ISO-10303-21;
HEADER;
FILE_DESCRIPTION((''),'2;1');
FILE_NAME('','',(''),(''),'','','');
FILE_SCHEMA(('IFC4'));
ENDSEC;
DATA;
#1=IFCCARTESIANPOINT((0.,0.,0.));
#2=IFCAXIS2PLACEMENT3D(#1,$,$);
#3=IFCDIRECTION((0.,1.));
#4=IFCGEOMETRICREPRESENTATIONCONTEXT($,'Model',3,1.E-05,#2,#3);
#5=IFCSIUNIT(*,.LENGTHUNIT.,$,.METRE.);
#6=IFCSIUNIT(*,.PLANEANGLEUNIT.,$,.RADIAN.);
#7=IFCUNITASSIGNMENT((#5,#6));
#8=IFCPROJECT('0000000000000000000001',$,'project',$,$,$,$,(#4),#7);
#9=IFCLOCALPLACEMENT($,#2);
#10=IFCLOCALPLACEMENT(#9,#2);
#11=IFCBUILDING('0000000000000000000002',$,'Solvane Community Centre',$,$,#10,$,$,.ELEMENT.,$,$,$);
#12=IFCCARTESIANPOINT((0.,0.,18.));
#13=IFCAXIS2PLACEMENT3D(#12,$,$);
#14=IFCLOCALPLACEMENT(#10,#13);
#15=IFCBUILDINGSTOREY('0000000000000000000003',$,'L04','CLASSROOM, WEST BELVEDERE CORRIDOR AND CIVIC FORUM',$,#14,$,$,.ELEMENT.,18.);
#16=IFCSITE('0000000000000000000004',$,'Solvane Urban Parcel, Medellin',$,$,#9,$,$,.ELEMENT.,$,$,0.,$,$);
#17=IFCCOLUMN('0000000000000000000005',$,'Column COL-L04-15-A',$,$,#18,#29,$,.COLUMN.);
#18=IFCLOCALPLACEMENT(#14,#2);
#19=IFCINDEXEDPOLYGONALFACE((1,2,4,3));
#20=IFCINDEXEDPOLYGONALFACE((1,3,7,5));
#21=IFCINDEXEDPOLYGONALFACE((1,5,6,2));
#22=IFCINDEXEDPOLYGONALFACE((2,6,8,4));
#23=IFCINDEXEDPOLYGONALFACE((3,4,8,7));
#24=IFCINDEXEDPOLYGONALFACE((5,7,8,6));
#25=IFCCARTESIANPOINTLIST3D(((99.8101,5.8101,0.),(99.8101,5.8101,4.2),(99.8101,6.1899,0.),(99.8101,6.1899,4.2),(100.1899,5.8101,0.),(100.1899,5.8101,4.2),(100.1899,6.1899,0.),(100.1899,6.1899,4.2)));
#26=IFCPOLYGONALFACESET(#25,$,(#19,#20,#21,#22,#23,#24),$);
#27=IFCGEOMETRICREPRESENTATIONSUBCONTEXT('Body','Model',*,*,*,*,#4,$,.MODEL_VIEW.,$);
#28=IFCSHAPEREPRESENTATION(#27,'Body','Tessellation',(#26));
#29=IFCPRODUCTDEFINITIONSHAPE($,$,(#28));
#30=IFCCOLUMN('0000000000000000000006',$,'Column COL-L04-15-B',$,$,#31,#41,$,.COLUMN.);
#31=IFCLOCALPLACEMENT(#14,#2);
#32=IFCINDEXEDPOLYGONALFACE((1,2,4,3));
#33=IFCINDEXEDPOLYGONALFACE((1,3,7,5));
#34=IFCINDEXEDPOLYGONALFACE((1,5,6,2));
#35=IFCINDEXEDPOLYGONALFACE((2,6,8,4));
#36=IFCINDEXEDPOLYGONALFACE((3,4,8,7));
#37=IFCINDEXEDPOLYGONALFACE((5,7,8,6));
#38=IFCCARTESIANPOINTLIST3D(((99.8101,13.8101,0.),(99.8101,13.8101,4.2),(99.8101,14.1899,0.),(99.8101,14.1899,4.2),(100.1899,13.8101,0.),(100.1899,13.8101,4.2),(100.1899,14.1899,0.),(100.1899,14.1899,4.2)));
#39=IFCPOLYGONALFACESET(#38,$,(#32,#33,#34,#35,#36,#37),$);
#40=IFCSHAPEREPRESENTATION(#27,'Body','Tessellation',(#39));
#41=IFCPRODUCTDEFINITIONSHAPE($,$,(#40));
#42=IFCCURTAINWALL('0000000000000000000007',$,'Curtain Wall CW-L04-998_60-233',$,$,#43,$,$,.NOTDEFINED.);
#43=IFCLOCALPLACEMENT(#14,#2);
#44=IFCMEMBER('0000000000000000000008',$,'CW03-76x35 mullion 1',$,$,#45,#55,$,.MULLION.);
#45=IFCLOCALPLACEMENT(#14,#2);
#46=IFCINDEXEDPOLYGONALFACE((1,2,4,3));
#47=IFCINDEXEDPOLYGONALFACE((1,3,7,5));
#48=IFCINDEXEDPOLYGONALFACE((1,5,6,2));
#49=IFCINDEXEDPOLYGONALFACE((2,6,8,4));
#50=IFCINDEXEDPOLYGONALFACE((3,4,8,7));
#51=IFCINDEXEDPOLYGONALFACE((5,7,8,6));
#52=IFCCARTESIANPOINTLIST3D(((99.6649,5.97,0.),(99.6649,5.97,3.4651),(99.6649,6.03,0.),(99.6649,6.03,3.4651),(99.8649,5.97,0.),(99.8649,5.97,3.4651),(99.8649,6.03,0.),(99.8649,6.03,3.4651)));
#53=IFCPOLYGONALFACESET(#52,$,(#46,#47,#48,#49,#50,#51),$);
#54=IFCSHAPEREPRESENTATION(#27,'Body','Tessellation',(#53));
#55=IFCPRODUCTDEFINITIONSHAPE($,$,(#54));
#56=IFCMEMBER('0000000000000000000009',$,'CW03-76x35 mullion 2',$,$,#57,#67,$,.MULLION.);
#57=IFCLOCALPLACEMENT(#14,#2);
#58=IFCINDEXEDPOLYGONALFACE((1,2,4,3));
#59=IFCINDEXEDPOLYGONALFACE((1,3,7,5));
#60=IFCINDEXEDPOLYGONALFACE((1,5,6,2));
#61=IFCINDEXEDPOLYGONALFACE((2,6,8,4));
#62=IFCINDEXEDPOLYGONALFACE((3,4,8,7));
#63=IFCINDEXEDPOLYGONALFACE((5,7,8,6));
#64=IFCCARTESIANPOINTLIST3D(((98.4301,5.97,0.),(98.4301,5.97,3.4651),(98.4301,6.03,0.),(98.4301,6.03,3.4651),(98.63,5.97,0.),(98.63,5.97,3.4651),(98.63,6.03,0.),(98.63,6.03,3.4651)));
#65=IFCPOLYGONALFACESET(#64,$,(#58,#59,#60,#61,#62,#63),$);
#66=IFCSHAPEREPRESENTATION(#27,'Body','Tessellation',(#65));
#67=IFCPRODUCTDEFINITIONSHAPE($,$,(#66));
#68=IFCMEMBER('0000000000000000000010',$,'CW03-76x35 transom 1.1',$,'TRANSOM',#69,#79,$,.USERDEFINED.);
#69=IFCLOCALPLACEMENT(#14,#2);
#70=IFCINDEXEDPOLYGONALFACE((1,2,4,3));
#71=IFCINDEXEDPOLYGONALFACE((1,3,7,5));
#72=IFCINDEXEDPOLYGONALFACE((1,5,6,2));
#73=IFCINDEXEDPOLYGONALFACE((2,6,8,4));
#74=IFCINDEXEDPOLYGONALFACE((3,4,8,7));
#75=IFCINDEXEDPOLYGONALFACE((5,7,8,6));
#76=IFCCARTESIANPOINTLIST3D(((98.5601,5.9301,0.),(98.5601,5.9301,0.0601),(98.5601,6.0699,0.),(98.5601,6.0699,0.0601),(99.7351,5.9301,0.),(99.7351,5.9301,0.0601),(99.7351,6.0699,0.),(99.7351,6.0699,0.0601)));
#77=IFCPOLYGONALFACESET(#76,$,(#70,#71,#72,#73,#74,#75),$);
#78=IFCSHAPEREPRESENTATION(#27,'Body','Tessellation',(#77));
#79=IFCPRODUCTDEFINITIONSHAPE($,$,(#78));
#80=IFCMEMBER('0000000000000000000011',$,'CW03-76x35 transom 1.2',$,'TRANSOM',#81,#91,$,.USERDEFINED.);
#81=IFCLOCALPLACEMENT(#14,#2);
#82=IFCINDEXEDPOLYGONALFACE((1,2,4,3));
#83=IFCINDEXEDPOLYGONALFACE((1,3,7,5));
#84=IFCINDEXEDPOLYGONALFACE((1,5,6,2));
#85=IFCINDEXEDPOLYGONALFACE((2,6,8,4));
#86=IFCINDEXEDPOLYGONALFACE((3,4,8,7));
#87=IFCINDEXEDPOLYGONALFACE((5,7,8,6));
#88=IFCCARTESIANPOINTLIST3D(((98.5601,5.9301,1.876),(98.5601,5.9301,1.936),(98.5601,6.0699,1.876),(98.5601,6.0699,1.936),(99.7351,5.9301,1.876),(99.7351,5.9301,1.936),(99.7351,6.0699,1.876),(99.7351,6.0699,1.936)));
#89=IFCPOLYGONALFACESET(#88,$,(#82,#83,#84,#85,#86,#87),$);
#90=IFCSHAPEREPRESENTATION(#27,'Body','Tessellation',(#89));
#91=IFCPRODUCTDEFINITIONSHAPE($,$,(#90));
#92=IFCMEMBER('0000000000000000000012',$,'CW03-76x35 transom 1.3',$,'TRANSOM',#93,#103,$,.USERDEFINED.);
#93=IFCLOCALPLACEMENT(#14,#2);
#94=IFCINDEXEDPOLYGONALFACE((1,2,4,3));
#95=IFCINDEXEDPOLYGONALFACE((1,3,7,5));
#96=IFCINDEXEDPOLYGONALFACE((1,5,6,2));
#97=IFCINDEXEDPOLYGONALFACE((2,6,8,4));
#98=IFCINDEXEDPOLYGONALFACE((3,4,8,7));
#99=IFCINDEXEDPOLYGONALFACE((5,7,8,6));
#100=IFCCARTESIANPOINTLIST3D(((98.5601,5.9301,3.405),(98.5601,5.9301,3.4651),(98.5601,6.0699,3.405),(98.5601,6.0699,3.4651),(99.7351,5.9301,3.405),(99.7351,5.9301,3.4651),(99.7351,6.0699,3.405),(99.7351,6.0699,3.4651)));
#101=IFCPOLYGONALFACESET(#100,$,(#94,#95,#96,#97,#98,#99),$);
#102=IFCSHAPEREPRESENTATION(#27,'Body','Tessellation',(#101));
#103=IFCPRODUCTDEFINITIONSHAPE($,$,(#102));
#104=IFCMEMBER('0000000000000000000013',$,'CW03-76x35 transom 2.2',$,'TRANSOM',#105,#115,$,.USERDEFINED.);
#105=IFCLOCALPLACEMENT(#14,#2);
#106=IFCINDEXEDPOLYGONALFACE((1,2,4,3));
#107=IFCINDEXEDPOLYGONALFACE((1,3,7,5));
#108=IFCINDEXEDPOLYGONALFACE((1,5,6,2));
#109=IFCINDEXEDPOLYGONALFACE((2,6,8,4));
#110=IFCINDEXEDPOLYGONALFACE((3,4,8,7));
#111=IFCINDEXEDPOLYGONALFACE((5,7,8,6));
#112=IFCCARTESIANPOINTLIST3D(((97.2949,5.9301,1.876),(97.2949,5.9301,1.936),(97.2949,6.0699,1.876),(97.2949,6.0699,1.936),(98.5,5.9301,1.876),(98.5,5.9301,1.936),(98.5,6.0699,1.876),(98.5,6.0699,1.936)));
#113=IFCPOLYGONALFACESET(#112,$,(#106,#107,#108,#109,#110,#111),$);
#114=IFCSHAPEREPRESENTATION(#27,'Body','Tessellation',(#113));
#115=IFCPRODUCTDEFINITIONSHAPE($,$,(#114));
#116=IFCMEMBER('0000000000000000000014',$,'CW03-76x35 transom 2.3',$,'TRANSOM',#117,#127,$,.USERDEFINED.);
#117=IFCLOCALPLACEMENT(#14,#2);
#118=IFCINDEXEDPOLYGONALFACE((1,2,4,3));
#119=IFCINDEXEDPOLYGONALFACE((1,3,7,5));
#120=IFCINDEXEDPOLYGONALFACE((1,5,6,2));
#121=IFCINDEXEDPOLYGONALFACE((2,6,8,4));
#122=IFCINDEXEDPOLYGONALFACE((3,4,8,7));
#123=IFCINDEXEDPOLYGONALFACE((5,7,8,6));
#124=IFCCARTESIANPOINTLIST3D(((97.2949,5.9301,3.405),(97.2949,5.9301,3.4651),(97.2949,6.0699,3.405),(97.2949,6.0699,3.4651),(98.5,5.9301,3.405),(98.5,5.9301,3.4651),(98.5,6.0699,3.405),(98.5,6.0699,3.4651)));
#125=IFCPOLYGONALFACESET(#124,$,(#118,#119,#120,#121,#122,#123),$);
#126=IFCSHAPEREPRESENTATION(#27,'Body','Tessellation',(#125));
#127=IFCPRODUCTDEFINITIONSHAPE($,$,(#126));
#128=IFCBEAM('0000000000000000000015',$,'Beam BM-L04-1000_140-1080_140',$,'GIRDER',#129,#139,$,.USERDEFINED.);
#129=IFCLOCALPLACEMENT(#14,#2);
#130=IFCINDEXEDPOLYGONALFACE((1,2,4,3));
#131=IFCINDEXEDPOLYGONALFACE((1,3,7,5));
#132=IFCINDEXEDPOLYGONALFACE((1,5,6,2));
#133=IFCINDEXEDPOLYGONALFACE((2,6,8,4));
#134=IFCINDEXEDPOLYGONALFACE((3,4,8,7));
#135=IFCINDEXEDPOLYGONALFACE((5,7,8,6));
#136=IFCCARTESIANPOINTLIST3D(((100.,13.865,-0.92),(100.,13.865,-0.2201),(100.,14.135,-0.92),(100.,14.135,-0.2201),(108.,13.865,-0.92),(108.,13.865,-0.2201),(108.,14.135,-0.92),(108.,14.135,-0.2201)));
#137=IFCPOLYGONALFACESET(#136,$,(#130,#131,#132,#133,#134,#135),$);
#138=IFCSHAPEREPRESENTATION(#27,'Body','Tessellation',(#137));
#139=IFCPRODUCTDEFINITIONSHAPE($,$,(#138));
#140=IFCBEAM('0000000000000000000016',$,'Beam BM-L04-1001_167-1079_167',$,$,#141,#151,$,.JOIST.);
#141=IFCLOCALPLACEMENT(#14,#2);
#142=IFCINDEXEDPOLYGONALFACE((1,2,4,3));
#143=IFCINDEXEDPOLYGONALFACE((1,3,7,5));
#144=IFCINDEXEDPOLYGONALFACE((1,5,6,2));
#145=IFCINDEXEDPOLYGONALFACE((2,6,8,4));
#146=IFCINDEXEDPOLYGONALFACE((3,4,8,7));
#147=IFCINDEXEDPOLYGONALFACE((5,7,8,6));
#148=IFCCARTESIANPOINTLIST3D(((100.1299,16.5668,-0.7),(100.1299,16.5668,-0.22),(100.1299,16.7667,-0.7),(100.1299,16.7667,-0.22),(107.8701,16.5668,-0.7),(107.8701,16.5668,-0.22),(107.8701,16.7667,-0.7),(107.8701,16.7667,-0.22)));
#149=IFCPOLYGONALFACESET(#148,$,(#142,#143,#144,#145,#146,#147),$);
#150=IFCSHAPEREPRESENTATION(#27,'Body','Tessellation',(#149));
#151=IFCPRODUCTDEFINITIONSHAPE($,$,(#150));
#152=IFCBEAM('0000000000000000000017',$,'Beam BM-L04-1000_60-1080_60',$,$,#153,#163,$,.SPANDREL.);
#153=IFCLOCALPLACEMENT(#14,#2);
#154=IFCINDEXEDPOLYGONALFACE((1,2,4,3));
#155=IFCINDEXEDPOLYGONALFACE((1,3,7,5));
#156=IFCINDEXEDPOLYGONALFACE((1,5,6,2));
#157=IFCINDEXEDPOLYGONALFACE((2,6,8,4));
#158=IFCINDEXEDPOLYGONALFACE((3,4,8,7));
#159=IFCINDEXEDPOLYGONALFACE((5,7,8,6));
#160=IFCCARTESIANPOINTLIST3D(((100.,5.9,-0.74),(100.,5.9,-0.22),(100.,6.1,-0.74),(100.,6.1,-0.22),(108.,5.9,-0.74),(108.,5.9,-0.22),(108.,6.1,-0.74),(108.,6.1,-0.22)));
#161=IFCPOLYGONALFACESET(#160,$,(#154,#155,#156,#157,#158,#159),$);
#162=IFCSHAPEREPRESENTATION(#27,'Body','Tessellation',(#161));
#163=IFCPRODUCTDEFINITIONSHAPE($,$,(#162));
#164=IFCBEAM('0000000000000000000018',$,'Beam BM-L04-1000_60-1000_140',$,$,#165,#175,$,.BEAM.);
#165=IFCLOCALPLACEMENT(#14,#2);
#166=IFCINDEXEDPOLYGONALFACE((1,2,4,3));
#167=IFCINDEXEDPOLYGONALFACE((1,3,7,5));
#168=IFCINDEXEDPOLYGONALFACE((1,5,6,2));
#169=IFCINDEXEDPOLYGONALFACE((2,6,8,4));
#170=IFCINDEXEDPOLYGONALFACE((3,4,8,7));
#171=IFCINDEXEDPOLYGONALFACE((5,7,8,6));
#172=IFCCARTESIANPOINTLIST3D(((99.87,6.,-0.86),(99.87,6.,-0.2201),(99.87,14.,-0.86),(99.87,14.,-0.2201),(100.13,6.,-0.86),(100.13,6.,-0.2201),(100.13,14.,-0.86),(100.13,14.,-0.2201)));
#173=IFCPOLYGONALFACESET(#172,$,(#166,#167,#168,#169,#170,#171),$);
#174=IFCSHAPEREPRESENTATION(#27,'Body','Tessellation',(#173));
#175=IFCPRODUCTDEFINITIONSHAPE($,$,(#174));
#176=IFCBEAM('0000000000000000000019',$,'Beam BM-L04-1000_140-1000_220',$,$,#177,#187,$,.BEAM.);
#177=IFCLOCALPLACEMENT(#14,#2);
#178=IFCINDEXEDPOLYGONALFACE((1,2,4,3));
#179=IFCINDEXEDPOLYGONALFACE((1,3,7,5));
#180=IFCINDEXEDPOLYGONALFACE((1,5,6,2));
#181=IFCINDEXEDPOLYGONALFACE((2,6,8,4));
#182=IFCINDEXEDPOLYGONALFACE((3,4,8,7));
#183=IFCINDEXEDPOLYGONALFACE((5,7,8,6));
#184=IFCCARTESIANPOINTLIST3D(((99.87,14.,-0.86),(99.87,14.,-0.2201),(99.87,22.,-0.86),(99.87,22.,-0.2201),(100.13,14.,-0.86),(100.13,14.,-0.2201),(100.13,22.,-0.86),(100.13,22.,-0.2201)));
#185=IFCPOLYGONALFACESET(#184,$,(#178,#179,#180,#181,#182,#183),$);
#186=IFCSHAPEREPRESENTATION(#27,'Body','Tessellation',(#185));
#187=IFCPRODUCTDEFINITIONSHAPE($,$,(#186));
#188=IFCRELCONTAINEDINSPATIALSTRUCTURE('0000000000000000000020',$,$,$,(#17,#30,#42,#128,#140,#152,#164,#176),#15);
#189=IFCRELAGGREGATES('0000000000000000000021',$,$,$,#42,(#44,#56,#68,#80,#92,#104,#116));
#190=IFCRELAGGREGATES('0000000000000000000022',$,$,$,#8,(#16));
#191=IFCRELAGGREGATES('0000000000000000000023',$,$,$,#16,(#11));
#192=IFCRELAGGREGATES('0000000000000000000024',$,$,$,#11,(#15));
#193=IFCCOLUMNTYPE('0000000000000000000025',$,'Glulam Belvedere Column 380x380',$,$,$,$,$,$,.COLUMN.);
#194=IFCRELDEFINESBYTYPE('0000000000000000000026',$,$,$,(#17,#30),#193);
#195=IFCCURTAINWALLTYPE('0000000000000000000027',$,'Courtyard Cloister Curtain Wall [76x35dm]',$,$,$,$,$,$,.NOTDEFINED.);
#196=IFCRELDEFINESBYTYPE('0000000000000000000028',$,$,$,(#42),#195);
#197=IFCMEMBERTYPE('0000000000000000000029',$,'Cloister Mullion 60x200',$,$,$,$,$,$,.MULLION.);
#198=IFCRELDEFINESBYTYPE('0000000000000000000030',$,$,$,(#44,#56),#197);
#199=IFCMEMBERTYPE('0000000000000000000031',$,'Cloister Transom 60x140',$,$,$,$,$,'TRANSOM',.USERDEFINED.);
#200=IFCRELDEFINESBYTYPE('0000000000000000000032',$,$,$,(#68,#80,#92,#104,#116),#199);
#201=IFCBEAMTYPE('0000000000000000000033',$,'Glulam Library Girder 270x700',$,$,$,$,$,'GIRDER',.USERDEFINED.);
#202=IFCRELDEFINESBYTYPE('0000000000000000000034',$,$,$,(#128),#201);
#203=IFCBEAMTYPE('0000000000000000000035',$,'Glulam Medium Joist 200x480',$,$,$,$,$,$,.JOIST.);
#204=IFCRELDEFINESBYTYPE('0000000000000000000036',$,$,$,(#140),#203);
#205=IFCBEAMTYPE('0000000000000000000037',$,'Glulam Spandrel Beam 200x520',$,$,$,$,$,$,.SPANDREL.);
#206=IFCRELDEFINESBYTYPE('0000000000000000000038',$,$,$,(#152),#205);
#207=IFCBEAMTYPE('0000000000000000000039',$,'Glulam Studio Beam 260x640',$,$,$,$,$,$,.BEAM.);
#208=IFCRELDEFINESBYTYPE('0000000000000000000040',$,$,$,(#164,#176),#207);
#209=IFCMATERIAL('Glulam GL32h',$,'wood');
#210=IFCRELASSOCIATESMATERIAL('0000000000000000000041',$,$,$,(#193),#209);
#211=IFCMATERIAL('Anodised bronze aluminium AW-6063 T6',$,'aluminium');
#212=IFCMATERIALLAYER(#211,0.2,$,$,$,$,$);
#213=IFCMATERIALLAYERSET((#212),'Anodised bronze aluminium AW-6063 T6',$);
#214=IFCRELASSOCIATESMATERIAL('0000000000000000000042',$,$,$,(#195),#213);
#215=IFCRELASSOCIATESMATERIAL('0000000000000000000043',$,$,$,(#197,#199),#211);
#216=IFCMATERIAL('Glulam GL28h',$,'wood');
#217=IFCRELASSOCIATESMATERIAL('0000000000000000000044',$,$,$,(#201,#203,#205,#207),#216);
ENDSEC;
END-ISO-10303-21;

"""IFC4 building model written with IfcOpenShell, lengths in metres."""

from ifc_helpers import new_model, si_unit, direction, frame, origin, origin_2d, place, context, subcontext, project, spatial, rectangle, extrude, material, layer, layer_set, material_profile, profile_set, type_object, element, aggregate, save


model = new_model("IFC4")

# Units and contexts
model_context = context("Model", 3, precision=1e-05, world=origin(), true_north=direction((0.0, 1.0)))
body_context = subcontext(model_context, "Body", "Model", "MODEL_VIEW")
ifc_project = project(units=[si_unit("LENGTHUNIT", "METRE"), si_unit("PLANEANGLEUNIT", "RADIAN")], contexts=[model_context])

# Site, building, storey
site_placement = place(None, origin())
site = spatial("IfcSite", under=ifc_project, at=site_placement, Name="Solvane Urban Parcel, Medellin", CompositionType="ELEMENT", RefElevation=0.0)
building_placement = place(site_placement, origin())
building = spatial("IfcBuilding", under=site, at=building_placement, Name="Solvane Community Centre", CompositionType="ELEMENT")
storey_placement = place(building_placement, frame((0.0, 0.0, 18.0)))
storey = spatial("IfcBuildingStorey", under=building, at=storey_placement, Name="L04", Description="CLASSROOM, WEST BELVEDERE CORRIDOR AND CIVIC FORUM", CompositionType="ELEMENT", Elevation=18.0)

# Columns
ifc_material_1 = material(Name="Glulam GL32h", Category="wood")
ifc_material_profile_1 = material_profile(ifc_material_1, rectangle(XDim=0.3799, YDim=0.3799, at=origin_2d()), Name="GL32h 380x380")
ifc_profile_set_1 = profile_set([ifc_material_profile_1], Name="Glulam GL32h")
column_type = type_object("IfcColumnType", Name="Glulam Belvedere Column 380x380", PredefinedType="COLUMN", material=ifc_profile_set_1)
for number, where, z_axis, x_axis, name in (
    (1, (100.0, 6.0, 0.0), (0.0, 0.0, 1.0), (1.0, 0.0, 0.0), "Column COL-L04-15-A"),
    (2, (100.0, 14.0, 0.0), (0.0, 0.0, 1.0), (1.0, 0.0, 0.0), "Column COL-L04-15-B"),
):
    element("IfcColumn", number, at=place(storey_placement, frame(where, z_axis=z_axis, x_axis=x_axis)), inside=storey, type_object=column_type, Name=name, PredefinedType="COLUMN", context=body_context, shape_type="SweptSolid", body=[
        extrude(rectangle(XDim=0.3799, YDim=0.3799, at=origin_2d()), origin(), (0.0, 0.0, 1.0), 4.2),
    ])

# Curtain wall, members
ifc_material_2 = material(Name="Anodised bronze aluminium AW-6063 T6", Category="aluminium")
ifc_layer_1 = layer(ifc_material_2, 0.2)
ifc_layer_set_1 = layer_set([ifc_layer_1], Name="Anodised bronze aluminium AW-6063 T6")
curtain_wall_type = type_object("IfcCurtainWallType", Name="Courtyard Cloister Curtain Wall [76x35dm]", PredefinedType="NOTDEFINED", material=ifc_layer_set_1)
curtain_wall_placement = place(storey_placement, origin())
curtain_wall = element("IfcCurtainWall", 3, at=curtain_wall_placement, inside=storey, type_object=curtain_wall_type, Name="Curtain Wall CW-L04-998_60-233", PredefinedType="NOTDEFINED")
ifc_material_profile_2 = material_profile(ifc_material_2, rectangle(XDim=0.0601, YDim=0.2, at=origin_2d()), Name="CW-M 60x200")
ifc_profile_set_2 = profile_set([ifc_material_profile_2], Name="Anodised bronze aluminium AW-6063 T6")
member_type_1 = type_object("IfcMemberType", Name="Cloister Mullion 60x200", PredefinedType="MULLION", material=ifc_profile_set_2)
member_1_placement = place(storey_placement, frame((99.7649, 6.0, 0.0), z_axis=(0.0, 0.0, 1.0), x_axis=(0.0, -1.0, 0.0)))
member_1 = element("IfcMember", 4, at=member_1_placement, type_object=member_type_1, Name="CW03-76x35 mullion 1", PredefinedType="MULLION", context=body_context, shape_type="SweptSolid", body=[
    extrude(rectangle(XDim=0.0601, YDim=0.2, at=origin_2d()), origin(), (0.0, 0.0, 1.0), 3.4651),
])
member_2_placement = place(storey_placement, frame((98.53, 6.0, 0.0), z_axis=(0.0, 0.0, 1.0), x_axis=(0.0, -1.0, 0.0)))
member_2 = element("IfcMember", 5, at=member_2_placement, type_object=member_type_1, Name="CW03-76x35 mullion 2", PredefinedType="MULLION", context=body_context, shape_type="SweptSolid", body=[
    extrude(rectangle(XDim=0.0601, YDim=0.2, at=origin_2d()), origin(), (0.0, 0.0, 1.0), 3.4651),
])
ifc_material_profile_3 = material_profile(ifc_material_2, rectangle(XDim=0.1399, YDim=0.0601, at=origin_2d()), Name="CW-T 60x140")
ifc_profile_set_3 = profile_set([ifc_material_profile_3], Name="Anodised bronze aluminium AW-6063 T6")
member_type_2 = type_object("IfcMemberType", Name="Cloister Transom 60x140", ElementType="TRANSOM", PredefinedType="USERDEFINED", material=ifc_profile_set_3)
member_3_placement = place(storey_placement, frame((99.7351, 6.0, 0.03), z_axis=(-1.0, 0.0, 0.0), x_axis=(0.0, -1.0, 0.0)))
member_3 = element("IfcMember", 6, at=member_3_placement, type_object=member_type_2, Name="CW03-76x35 transom 1.1", ObjectType="TRANSOM", PredefinedType="USERDEFINED", context=body_context, shape_type="SweptSolid", body=[
    extrude(rectangle(XDim=0.1399, YDim=0.0601, at=origin_2d()), origin(), (0.0, 0.0, 1.0), 1.175),
])
member_4_placement = place(storey_placement, frame((99.7351, 6.0, 1.906), z_axis=(-1.0, 0.0, 0.0), x_axis=(0.0, -1.0, 0.0)))
member_4 = element("IfcMember", 7, at=member_4_placement, type_object=member_type_2, Name="CW03-76x35 transom 1.2", ObjectType="TRANSOM", PredefinedType="USERDEFINED", context=body_context, shape_type="SweptSolid", body=[
    extrude(rectangle(XDim=0.1399, YDim=0.0601, at=origin_2d()), origin(), (0.0, 0.0, 1.0), 1.175),
])
member_5_placement = place(storey_placement, frame((99.7351, 6.0, 3.4351), z_axis=(-1.0, 0.0, 0.0), x_axis=(0.0, -1.0, 0.0)))
member_5 = element("IfcMember", 8, at=member_5_placement, type_object=member_type_2, Name="CW03-76x35 transom 1.3", ObjectType="TRANSOM", PredefinedType="USERDEFINED", context=body_context, shape_type="SweptSolid", body=[
    extrude(rectangle(XDim=0.1399, YDim=0.0601, at=origin_2d()), origin(), (0.0, 0.0, 1.0), 1.175),
])
member_6_placement = place(storey_placement, frame((98.5, 6.0, 1.906), z_axis=(-1.0, 0.0, 0.0), x_axis=(0.0, -1.0, 0.0)))
member_6 = element("IfcMember", 9, at=member_6_placement, type_object=member_type_2, Name="CW03-76x35 transom 2.2", ObjectType="TRANSOM", PredefinedType="USERDEFINED", context=body_context, shape_type="SweptSolid", body=[
    extrude(rectangle(XDim=0.1399, YDim=0.0601, at=origin_2d()), origin(), (0.0, 0.0, 1.0), 1.2051),
])
member_7_placement = place(storey_placement, frame((98.5, 6.0, 3.4351), z_axis=(-1.0, 0.0, 0.0), x_axis=(0.0, -1.0, 0.0)))
member_7 = element("IfcMember", 10, at=member_7_placement, type_object=member_type_2, Name="CW03-76x35 transom 2.3", ObjectType="TRANSOM", PredefinedType="USERDEFINED", context=body_context, shape_type="SweptSolid", body=[
    extrude(rectangle(XDim=0.1399, YDim=0.0601, at=origin_2d()), origin(), (0.0, 0.0, 1.0), 1.2051),
])

# Beams
ifc_material_3 = material(Name="Glulam GL28h", Category="wood")
ifc_material_profile_4 = material_profile(ifc_material_3, rectangle(XDim=0.27, YDim=0.7, at=origin_2d()), Name="GL28h 270x700")
ifc_profile_set_4 = profile_set([ifc_material_profile_4], Name="Glulam GL28h")
beam_type_1 = type_object("IfcBeamType", Name="Glulam Library Girder 270x700", ElementType="GIRDER", PredefinedType="USERDEFINED", material=ifc_profile_set_4)
beam_1_placement = place(storey_placement, frame((100.0, 14.0, -0.5701), z_axis=(1.0, 0.0, 0.0), x_axis=(0.0, 1.0, 0.0)))
element("IfcBeam", 11, at=beam_1_placement, inside=storey, type_object=beam_type_1, Name="Beam BM-L04-1000_140-1080_140", ObjectType="GIRDER", PredefinedType="USERDEFINED", context=body_context, shape_type="SweptSolid", body=[
    extrude(rectangle(XDim=0.27, YDim=0.7, at=origin_2d()), origin(), (0.0, 0.0, 1.0), 8.0),
])
ifc_material_profile_5 = material_profile(ifc_material_3, rectangle(XDim=0.2, YDim=0.48, at=origin_2d()), Name="GL28h 200x480")
ifc_profile_set_5 = profile_set([ifc_material_profile_5], Name="Glulam GL28h")
beam_type_2 = type_object("IfcBeamType", Name="Glulam Medium Joist 200x480", PredefinedType="JOIST", material=ifc_profile_set_5)
beam_2_placement = place(storey_placement, frame((100.1299, 16.6667, -0.46), z_axis=(1.0, 0.0, 0.0), x_axis=(0.0, 1.0, 0.0)))
element("IfcBeam", 12, at=beam_2_placement, inside=storey, type_object=beam_type_2, Name="Beam BM-L04-1001_167-1079_167", PredefinedType="JOIST", context=body_context, shape_type="SweptSolid", body=[
    extrude(rectangle(XDim=0.2, YDim=0.48, at=origin_2d()), origin(), (0.0, 0.0, 1.0), 7.7402),
])
ifc_material_profile_6 = material_profile(ifc_material_3, rectangle(XDim=0.2, YDim=0.52, at=origin_2d()), Name="GL28h 200x520")
ifc_profile_set_6 = profile_set([ifc_material_profile_6], Name="Glulam GL28h")
beam_type_3 = type_object("IfcBeamType", Name="Glulam Spandrel Beam 200x520", PredefinedType="SPANDREL", material=ifc_profile_set_6)
beam_3_placement = place(storey_placement, frame((100.0, 6.0, -0.48), z_axis=(1.0, 0.0, 0.0), x_axis=(0.0, 1.0, 0.0)))
element("IfcBeam", 13, at=beam_3_placement, inside=storey, type_object=beam_type_3, Name="Beam BM-L04-1000_60-1080_60", PredefinedType="SPANDREL", context=body_context, shape_type="SweptSolid", body=[
    extrude(rectangle(XDim=0.2, YDim=0.52, at=origin_2d()), origin(), (0.0, 0.0, 1.0), 8.0),
])
ifc_material_profile_7 = material_profile(ifc_material_3, rectangle(XDim=0.26, YDim=0.6399, at=origin_2d()), Name="GL28h 260x640")
ifc_profile_set_7 = profile_set([ifc_material_profile_7], Name="Glulam GL28h")
beam_type_4 = type_object("IfcBeamType", Name="Glulam Studio Beam 260x640", PredefinedType="BEAM", material=ifc_profile_set_7)
for number, where, z_axis, x_axis, name in (
    (14, (100.0, 6.0, -0.54), (0.0, 1.0, 0.0), (-1.0, 0.0, 0.0), "Beam BM-L04-1000_60-1000_140"),
    (15, (100.0, 14.0, -0.54), (0.0, 1.0, 0.0), (-1.0, 0.0, 0.0), "Beam BM-L04-1000_140-1000_220"),
):
    element("IfcBeam", number, at=place(storey_placement, frame(where, z_axis=z_axis, x_axis=x_axis)), inside=storey, type_object=beam_type_4, Name=name, PredefinedType="BEAM", context=body_context, shape_type="SweptSolid", body=[
        extrude(rectangle(XDim=0.26, YDim=0.6399, at=origin_2d()), origin(), (0.0, 0.0, 1.0), 8.0),
    ])

aggregate(curtain_wall, [member_1, member_2, member_3, member_4, member_5, member_6, member_7])

save(model, "model.ifc")
